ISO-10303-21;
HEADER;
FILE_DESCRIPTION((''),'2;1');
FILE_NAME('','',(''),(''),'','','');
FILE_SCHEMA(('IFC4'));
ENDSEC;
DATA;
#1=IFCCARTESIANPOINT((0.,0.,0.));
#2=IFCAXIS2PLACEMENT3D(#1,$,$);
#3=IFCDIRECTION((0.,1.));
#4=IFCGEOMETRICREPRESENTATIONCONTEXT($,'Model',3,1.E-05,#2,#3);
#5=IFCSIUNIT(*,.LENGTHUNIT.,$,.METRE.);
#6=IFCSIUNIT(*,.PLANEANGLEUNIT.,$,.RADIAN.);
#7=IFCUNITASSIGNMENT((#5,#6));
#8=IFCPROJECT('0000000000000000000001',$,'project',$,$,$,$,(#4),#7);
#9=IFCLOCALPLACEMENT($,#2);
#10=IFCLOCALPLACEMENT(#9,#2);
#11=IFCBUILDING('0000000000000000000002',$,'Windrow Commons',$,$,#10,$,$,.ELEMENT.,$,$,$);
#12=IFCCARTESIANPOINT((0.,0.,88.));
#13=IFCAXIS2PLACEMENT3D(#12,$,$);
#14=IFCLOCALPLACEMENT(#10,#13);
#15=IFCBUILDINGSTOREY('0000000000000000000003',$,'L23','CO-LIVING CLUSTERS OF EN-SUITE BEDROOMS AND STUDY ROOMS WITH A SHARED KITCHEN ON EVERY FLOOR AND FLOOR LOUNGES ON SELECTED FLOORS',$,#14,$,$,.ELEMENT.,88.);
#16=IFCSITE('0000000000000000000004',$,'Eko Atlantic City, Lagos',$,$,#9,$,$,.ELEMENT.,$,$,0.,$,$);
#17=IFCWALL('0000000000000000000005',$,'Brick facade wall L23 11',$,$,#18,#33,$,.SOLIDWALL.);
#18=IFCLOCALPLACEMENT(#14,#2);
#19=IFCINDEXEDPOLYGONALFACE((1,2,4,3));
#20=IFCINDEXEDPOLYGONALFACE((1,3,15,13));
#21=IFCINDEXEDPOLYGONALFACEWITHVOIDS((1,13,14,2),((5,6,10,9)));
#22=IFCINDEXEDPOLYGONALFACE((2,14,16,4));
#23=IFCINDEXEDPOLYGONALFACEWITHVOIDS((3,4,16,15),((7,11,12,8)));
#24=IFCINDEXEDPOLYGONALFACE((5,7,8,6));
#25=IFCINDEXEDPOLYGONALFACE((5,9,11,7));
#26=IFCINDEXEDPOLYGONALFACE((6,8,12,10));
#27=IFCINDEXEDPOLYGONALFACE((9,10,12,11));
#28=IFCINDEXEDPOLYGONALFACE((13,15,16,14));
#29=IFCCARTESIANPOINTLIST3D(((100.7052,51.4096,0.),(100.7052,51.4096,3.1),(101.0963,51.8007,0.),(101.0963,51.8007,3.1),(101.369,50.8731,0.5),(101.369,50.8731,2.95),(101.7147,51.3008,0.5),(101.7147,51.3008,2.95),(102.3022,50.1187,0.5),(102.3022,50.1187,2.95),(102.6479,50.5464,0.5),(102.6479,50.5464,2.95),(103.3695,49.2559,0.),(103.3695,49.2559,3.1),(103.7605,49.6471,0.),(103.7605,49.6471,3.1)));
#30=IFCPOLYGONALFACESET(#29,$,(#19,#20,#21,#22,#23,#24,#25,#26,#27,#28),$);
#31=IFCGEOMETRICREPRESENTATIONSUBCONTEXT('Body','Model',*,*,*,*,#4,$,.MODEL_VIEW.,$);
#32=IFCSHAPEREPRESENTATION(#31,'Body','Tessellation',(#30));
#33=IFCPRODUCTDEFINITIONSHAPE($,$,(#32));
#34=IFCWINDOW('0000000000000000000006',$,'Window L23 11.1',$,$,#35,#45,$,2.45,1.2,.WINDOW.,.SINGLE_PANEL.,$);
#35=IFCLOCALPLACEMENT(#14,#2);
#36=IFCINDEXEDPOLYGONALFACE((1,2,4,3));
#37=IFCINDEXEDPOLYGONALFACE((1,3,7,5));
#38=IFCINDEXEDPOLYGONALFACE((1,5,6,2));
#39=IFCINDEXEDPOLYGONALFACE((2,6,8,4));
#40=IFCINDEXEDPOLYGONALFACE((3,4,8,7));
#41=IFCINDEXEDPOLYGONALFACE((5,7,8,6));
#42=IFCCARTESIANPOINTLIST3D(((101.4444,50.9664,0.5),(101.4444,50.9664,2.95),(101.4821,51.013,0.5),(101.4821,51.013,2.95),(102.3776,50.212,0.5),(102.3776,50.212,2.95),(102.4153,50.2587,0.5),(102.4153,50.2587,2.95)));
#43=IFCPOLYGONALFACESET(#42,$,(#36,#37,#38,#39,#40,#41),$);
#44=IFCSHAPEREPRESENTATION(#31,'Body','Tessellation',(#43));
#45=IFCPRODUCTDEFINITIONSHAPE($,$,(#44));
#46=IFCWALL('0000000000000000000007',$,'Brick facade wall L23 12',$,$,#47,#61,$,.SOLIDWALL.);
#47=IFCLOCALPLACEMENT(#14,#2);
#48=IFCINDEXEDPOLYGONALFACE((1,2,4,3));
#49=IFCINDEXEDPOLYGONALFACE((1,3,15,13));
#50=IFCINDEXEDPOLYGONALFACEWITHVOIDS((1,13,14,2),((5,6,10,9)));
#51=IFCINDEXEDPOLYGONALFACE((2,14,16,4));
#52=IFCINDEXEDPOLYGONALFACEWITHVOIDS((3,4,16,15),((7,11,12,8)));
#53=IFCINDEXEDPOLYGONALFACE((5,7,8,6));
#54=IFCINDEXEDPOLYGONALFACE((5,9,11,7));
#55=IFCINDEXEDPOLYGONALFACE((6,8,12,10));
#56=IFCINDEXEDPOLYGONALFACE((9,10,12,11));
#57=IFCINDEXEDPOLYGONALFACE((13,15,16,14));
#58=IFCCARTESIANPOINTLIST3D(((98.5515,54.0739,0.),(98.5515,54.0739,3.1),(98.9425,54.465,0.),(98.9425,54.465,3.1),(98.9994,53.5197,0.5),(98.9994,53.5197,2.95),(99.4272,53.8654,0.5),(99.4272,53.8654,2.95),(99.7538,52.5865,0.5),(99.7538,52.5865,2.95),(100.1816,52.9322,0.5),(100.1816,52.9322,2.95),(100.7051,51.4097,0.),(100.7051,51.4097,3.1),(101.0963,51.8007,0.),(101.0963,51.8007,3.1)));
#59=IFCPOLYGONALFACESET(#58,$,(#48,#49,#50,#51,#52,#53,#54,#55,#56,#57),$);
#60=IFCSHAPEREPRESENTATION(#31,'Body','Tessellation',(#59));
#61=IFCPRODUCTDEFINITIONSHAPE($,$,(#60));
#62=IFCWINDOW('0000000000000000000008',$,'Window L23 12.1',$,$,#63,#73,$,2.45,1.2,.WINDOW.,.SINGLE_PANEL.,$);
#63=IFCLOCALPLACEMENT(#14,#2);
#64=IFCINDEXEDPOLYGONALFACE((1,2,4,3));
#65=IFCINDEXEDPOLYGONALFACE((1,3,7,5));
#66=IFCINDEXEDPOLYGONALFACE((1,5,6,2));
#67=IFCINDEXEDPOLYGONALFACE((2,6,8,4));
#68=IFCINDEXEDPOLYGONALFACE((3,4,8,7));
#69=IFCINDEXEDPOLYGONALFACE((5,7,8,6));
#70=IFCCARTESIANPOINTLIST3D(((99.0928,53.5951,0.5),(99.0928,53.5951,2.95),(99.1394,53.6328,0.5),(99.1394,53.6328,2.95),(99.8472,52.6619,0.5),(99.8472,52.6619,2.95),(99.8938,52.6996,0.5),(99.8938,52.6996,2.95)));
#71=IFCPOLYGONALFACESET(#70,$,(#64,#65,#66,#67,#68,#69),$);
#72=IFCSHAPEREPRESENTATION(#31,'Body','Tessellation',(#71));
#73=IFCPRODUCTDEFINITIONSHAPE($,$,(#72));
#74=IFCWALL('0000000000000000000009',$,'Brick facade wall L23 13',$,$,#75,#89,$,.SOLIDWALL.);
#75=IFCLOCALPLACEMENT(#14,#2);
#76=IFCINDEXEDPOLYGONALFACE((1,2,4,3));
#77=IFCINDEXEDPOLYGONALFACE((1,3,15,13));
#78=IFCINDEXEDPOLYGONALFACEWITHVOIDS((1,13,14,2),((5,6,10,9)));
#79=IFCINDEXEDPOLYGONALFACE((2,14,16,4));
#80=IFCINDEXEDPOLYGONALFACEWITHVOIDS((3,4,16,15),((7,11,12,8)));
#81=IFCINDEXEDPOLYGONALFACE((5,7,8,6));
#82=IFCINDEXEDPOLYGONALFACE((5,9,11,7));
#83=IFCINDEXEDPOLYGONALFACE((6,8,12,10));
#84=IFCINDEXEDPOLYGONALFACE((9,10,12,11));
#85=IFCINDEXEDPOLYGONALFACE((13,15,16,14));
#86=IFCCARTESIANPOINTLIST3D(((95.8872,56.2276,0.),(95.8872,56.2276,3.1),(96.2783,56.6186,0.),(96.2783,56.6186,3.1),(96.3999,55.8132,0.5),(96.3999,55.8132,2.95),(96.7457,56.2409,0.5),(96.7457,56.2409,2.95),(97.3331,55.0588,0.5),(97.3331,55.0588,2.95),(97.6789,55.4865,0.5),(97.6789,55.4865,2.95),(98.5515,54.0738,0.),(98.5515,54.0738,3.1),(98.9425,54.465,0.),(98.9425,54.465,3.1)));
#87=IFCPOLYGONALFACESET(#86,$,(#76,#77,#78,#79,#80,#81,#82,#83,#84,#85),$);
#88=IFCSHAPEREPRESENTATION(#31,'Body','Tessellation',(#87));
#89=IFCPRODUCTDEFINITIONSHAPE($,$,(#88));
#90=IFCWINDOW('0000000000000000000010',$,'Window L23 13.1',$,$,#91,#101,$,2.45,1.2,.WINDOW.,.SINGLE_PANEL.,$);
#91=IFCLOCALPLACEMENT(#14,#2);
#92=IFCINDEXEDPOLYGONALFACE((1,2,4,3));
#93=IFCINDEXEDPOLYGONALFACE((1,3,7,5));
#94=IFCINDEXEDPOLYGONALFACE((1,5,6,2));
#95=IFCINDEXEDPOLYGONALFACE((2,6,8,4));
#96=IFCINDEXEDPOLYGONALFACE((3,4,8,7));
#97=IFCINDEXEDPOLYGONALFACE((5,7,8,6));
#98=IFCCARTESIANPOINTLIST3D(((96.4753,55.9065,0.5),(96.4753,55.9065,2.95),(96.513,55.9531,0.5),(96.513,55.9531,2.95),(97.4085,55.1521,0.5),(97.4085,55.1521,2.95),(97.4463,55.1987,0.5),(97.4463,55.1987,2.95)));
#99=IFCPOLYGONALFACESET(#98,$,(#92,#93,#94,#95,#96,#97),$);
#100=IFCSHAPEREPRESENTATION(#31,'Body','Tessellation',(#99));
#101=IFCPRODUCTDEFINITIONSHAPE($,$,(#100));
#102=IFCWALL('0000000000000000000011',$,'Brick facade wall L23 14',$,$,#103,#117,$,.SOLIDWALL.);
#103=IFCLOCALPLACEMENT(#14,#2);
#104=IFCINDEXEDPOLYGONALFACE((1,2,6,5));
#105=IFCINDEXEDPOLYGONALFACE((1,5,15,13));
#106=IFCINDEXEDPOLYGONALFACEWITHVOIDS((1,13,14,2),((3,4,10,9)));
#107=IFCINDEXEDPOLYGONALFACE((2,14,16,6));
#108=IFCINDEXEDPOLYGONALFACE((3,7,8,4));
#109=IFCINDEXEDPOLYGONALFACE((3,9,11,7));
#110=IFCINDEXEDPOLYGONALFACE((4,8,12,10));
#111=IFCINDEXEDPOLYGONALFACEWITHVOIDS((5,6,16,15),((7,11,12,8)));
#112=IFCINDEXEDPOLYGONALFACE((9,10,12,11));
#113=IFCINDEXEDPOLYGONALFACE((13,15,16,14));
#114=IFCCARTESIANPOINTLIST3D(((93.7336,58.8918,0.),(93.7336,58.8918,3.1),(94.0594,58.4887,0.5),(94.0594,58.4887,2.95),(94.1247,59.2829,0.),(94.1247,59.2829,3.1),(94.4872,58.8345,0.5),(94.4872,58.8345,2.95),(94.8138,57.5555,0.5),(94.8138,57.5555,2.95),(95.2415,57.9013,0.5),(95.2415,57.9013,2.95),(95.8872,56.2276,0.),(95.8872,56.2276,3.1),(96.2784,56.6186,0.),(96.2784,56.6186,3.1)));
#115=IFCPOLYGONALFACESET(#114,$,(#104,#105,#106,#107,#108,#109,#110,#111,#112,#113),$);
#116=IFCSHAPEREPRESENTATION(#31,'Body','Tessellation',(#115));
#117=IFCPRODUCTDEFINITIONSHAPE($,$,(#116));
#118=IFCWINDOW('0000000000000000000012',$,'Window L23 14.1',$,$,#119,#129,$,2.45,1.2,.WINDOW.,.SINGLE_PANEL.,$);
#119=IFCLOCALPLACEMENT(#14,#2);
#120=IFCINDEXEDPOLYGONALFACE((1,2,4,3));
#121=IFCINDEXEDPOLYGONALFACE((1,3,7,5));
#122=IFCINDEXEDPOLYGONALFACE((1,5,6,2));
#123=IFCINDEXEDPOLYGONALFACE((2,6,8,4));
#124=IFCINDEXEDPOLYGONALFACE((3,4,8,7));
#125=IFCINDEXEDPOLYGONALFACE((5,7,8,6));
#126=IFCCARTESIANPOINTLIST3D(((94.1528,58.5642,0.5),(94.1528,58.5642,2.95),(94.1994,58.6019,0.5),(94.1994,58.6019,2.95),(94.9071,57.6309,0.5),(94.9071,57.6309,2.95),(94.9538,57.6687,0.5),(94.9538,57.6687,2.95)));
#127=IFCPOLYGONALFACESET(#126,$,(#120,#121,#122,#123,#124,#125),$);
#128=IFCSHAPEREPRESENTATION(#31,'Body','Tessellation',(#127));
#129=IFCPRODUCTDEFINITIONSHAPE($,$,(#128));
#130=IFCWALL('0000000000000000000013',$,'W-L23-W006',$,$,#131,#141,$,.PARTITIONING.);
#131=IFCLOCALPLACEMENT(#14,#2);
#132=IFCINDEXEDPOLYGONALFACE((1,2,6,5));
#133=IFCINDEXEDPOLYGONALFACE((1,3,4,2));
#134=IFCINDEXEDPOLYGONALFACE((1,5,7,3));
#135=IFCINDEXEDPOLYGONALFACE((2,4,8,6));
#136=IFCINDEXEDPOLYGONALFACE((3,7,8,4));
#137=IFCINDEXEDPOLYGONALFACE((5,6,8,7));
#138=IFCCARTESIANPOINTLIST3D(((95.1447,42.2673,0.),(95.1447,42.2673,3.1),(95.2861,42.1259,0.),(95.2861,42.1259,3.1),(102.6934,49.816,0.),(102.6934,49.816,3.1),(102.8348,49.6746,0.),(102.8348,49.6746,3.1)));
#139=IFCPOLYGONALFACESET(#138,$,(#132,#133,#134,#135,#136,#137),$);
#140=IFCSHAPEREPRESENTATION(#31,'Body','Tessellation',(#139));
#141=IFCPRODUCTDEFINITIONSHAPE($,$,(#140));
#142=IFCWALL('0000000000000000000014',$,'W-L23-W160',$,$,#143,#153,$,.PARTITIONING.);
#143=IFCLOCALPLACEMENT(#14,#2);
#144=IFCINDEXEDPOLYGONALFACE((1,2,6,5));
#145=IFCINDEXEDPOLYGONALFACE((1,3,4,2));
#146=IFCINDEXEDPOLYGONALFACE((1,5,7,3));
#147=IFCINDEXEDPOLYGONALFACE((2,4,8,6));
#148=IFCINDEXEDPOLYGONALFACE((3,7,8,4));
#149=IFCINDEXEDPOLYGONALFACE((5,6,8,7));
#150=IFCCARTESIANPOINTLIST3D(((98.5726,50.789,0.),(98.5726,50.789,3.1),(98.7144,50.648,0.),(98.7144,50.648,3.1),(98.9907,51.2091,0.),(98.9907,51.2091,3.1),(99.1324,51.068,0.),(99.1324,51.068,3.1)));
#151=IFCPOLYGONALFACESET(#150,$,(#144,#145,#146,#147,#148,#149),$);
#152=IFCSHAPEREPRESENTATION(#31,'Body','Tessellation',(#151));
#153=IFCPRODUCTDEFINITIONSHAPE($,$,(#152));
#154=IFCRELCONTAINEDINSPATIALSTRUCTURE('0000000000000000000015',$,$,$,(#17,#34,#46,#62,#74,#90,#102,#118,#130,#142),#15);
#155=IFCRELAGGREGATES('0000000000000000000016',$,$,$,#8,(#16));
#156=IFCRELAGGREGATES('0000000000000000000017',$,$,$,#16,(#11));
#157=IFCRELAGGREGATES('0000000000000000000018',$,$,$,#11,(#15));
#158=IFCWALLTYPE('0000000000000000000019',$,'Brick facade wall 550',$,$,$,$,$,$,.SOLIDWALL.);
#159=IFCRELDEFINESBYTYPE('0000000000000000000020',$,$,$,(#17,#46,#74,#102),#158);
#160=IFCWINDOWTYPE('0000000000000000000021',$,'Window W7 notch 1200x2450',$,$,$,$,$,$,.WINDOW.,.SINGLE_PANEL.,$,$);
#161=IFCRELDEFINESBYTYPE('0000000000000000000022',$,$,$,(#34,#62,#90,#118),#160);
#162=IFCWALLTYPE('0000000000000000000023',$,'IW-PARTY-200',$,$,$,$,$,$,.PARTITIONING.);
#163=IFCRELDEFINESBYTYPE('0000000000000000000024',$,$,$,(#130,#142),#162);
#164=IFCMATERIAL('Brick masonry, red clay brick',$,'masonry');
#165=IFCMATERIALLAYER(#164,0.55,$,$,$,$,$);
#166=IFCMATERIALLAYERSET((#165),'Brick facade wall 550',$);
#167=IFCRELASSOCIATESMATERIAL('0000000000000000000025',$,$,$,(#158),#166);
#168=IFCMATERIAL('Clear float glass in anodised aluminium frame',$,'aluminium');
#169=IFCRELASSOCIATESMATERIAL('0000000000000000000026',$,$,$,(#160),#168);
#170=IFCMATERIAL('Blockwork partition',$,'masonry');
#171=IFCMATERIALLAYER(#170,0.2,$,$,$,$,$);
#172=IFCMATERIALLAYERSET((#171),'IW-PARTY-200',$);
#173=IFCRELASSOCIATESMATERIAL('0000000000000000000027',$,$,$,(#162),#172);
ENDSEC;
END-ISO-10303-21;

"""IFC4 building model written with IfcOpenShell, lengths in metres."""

from ifc_helpers import new_model, si_unit, direction, frame, frame_2d, origin, place, context, subcontext, project, spatial, polyline, rectangle, outline, extrude, material, layer, layer_set, type_object, element, fill, save


model = new_model("IFC4")

# Units and contexts
model_context = context("Model", 3, precision=1e-05, world=origin(), true_north=direction((0.0, 1.0)))
body_context = subcontext(model_context, "Body", "Model", "MODEL_VIEW")
ifc_project = project(units=[si_unit("LENGTHUNIT", "METRE"), si_unit("PLANEANGLEUNIT", "RADIAN")], contexts=[model_context])

# Site, building, storey
site_placement = place(None, origin())
site = spatial("IfcSite", under=ifc_project, at=site_placement, Name="Eko Atlantic City, Lagos", CompositionType="ELEMENT", RefElevation=0.0)
building_placement = place(site_placement, origin())
building = spatial("IfcBuilding", under=site, at=building_placement, Name="Windrow Commons", CompositionType="ELEMENT")
storey_placement = place(building_placement, frame((0.0, 0.0, 88.0)))
storey = spatial("IfcBuildingStorey", under=building, at=storey_placement, Name="L23", Description="CO-LIVING CLUSTERS OF EN-SUITE BEDROOMS AND STUDY ROOMS WITH A SHARED KITCHEN ON EVERY FLOOR AND FLOOR LOUNGES ON SELECTED FLOORS", CompositionType="ELEMENT", Elevation=88.0)

# Walls, openings, windows
ifc_material_1 = material(Name="Brick masonry, red clay brick", Category="masonry")
ifc_layer_1 = layer(ifc_material_1, 0.55)
ifc_layer_set_1 = layer_set([ifc_layer_1], Name="Brick facade wall 550")
wall_type_1 = type_object("IfcWallType", Name="Brick facade wall 550", PredefinedType="SOLIDWALL", material=ifc_layer_set_1)
ifc_material_2 = material(Name="Clear float glass in anodised aluminium frame", Category="aluminium")
window_type = type_object("IfcWindowType", Name="Window W7 notch 1200x2450", PartitioningType="SINGLE_PANEL", PredefinedType="WINDOW", material=ifc_material_2)
wall_1_placement = place(storey_placement, frame((103.565, 49.4515, 0.0), z_axis=(0.0, 0.0, 1.0), x_axis=(-0.777689, 0.628649, 0.0)))
wall_1 = element("IfcWall", 1, at=wall_1_placement, inside=storey, type_object=wall_type_1, Name="Brick facade wall L23 11", PredefinedType="SOLIDWALL", context=body_context, shape_type="SweptSolid", body=[
    extrude(outline(polyline([(-0.0291, -0.275), (3.3967, -0.275), (3.455, 0.275), (0.0291, 0.275), (-0.0291, -0.275)])), origin(), (0.0, 0.0, 1.0), 3.1),
])
opening_1_placement = place(wall_1_placement, frame((1.4015, 0.0, 0.5)))
opening_1 = element("IfcOpeningElement", 2, at=opening_1_placement, cuts=wall_1, PredefinedType="OPENING", context=body_context, shape_type="SweptSolid", body=[
    extrude(rectangle(XDim=1.2, YDim=2.45, at=frame_2d((0.6, 1.225))), frame((0.0, 0.285, 0.0), z_axis=(0.0, -1.0, 0.0), x_axis=(1.0, 0.0, 0.0)), (0.0, 0.0, 1.0), 0.57),
])
window_1_placement = place(opening_1_placement, origin())
window_1 = element("IfcWindow", 3, at=window_1_placement, inside=storey, type_object=window_type, Name="Window L23 11.1", OverallHeight=2.45, OverallWidth=1.2, PartitioningType="SINGLE_PANEL", PredefinedType="WINDOW", context=body_context, shape_type="SweptSolid", body=[
    extrude(rectangle(XDim=1.2, YDim=2.45, at=frame_2d((0.6, 1.225))), frame((0.0, 0.155, 0.0), z_axis=(0.0, -1.0, 0.0), x_axis=(1.0, 0.0, 0.0)), (0.0, 0.0, 1.0), 0.06),
])
fill(opening_1, window_1)
wall_2_placement = place(storey_placement, frame((100.9007, 51.6052, 0.0), z_axis=(0.0, 0.0, 1.0), x_axis=(-0.628663, 0.777678, 0.0)))
wall_2 = element("IfcWall", 4, at=wall_2_placement, inside=storey, type_object=wall_type_1, Name="Brick facade wall L23 12", PredefinedType="SOLIDWALL", context=body_context, shape_type="SweptSolid", body=[
    extrude(outline(polyline([(0.0291, -0.275), (3.455, -0.275), (3.3967, 0.275), (-0.0291, 0.275), (0.0291, -0.275)])), origin(), (0.0, 0.0, 1.0), 3.1),
])
opening_2_placement = place(wall_2_placement, frame((1.4841, 0.0, 0.5)))
opening_2 = element("IfcOpeningElement", 5, at=opening_2_placement, cuts=wall_2, PredefinedType="OPENING", context=body_context, shape_type="SweptSolid", body=[
    extrude(rectangle(XDim=1.2, YDim=2.45, at=frame_2d((0.6, 1.225))), frame((0.0, 0.285, 0.0), z_axis=(0.0, -1.0, 0.0), x_axis=(1.0, 0.0, 0.0)), (0.0, 0.0, 1.0), 0.57),
])
window_2_placement = place(opening_2_placement, origin())
window_2 = element("IfcWindow", 6, at=window_2_placement, inside=storey, type_object=window_type, Name="Window L23 12.1", OverallHeight=2.45, OverallWidth=1.2, PartitioningType="SINGLE_PANEL", PredefinedType="WINDOW", context=body_context, shape_type="SweptSolid", body=[
    extrude(rectangle(XDim=1.2, YDim=2.45, at=frame_2d((0.6, 1.225))), frame((0.0, 0.155, 0.0), z_axis=(0.0, -1.0, 0.0), x_axis=(1.0, 0.0, 0.0)), (0.0, 0.0, 1.0), 0.06),
])
fill(opening_2, window_2)
wall_3_placement = place(storey_placement, frame((98.747, 54.2694, 0.0), z_axis=(0.0, 0.0, 1.0), x_axis=(-0.777678, 0.628663, 0.0)))
wall_3 = element("IfcWall", 7, at=wall_3_placement, inside=storey, type_object=wall_type_1, Name="Brick facade wall L23 13", PredefinedType="SOLIDWALL", context=body_context, shape_type="SweptSolid", body=[
    extrude(outline(polyline([(-0.0291, -0.275), (3.3967, -0.275), (3.455, 0.275), (0.0291, 0.275), (-0.0291, -0.275)])), origin(), (0.0, 0.0, 1.0), 3.1),
])
opening_3_placement = place(wall_3_placement, frame((1.5958, 0.0, 0.5)))
opening_3 = element("IfcOpeningElement", 8, at=opening_3_placement, cuts=wall_3, PredefinedType="OPENING", context=body_context, shape_type="SweptSolid", body=[
    extrude(rectangle(XDim=1.2, YDim=2.45, at=frame_2d((0.6, 1.225))), frame((0.0, 0.285, 0.0), z_axis=(0.0, -1.0, 0.0), x_axis=(1.0, 0.0, 0.0)), (0.0, 0.0, 1.0), 0.57),
])
window_3_placement = place(opening_3_placement, origin())
window_3 = element("IfcWindow", 9, at=window_3_placement, inside=storey, type_object=window_type, Name="Window L23 13.1", OverallHeight=2.45, OverallWidth=1.2, PartitioningType="SINGLE_PANEL", PredefinedType="WINDOW", context=body_context, shape_type="SweptSolid", body=[
    extrude(rectangle(XDim=1.2, YDim=2.45, at=frame_2d((0.6, 1.225))), frame((0.0, 0.155, 0.0), z_axis=(0.0, -1.0, 0.0), x_axis=(1.0, 0.0, 0.0)), (0.0, 0.0, 1.0), 0.06),
])
fill(opening_3, window_3)
wall_4_placement = place(storey_placement, frame((96.0828, 56.4231, 0.0), z_axis=(0.0, 0.0, 1.0), x_axis=(-0.628649, 0.777689, 0.0)))
wall_4 = element("IfcWall", 10, at=wall_4_placement, inside=storey, type_object=wall_type_1, Name="Brick facade wall L23 14", PredefinedType="SOLIDWALL", context=body_context, shape_type="SweptSolid", body=[
    extrude(outline(polyline([(0.0291, -0.275), (3.455, -0.275), (3.3967, 0.275), (-0.0291, 0.275), (0.0291, -0.275)])), origin(), (0.0, 0.0, 1.0), 3.1),
])
opening_4_placement = place(wall_4_placement, frame((1.6784, 0.0, 0.5)))
opening_4 = element("IfcOpeningElement", 11, at=opening_4_placement, cuts=wall_4, PredefinedType="OPENING", context=body_context, shape_type="SweptSolid", body=[
    extrude(rectangle(XDim=1.2, YDim=2.45, at=frame_2d((0.6, 1.225))), frame((0.0, 0.285, 0.0), z_axis=(0.0, -1.0, 0.0), x_axis=(1.0, 0.0, 0.0)), (0.0, 0.0, 1.0), 0.57),
])
window_4_placement = place(opening_4_placement, origin())
window_4 = element("IfcWindow", 12, at=window_4_placement, inside=storey, type_object=window_type, Name="Window L23 14.1", OverallHeight=2.45, OverallWidth=1.2, PartitioningType="SINGLE_PANEL", PredefinedType="WINDOW", context=body_context, shape_type="SweptSolid", body=[
    extrude(rectangle(XDim=1.2, YDim=2.45, at=frame_2d((0.6, 1.225))), frame((0.0, 0.155, 0.0), z_axis=(0.0, -1.0, 0.0), x_axis=(1.0, 0.0, 0.0)), (0.0, 0.0, 1.0), 0.06),
])
fill(opening_4, window_4)

# Walls
ifc_material_3 = material(Name="Blockwork partition", Category="masonry")
ifc_layer_2 = layer(ifc_material_3, 0.2)
ifc_layer_set_2 = layer_set([ifc_layer_2], Name="IW-PARTY-200")
wall_type_2 = type_object("IfcWallType", Name="IW-PARTY-200", PredefinedType="PARTITIONING", material=ifc_layer_set_2)
wall_5_placement = place(storey_placement, frame((95.2154, 42.1966, 0.0), z_axis=(0.0, 0.0, 1.0), x_axis=(0.707107, 0.707107, 0.0)))
element("IfcWall", 13, at=wall_5_placement, inside=storey, type_object=wall_type_2, Name="W-L23-W006", PredefinedType="PARTITIONING", context=body_context, shape_type="SweptSolid", body=[
    extrude(rectangle(XDim=10.6755, YDim=0.2, at=frame_2d((5.3377, 0.0))), origin(), (0.0, 0.0, 1.0), 3.1),
])
wall_6_placement = place(storey_placement, frame((98.6435, 50.7185, 0.0), z_axis=(0.0, 0.0, 1.0), x_axis=(0.705417, 0.708792, 0.0)))
element("IfcWall", 14, at=wall_6_placement, inside=storey, type_object=wall_type_2, Name="W-L23-W160", PredefinedType="PARTITIONING", context=body_context, shape_type="SweptSolid", body=[
    extrude(rectangle(XDim=0.5926, YDim=0.2, at=frame_2d((0.2963, 0.0))), origin(), (0.0, 0.0, 1.0), 3.1),
])

save(model, "model.ifc")
